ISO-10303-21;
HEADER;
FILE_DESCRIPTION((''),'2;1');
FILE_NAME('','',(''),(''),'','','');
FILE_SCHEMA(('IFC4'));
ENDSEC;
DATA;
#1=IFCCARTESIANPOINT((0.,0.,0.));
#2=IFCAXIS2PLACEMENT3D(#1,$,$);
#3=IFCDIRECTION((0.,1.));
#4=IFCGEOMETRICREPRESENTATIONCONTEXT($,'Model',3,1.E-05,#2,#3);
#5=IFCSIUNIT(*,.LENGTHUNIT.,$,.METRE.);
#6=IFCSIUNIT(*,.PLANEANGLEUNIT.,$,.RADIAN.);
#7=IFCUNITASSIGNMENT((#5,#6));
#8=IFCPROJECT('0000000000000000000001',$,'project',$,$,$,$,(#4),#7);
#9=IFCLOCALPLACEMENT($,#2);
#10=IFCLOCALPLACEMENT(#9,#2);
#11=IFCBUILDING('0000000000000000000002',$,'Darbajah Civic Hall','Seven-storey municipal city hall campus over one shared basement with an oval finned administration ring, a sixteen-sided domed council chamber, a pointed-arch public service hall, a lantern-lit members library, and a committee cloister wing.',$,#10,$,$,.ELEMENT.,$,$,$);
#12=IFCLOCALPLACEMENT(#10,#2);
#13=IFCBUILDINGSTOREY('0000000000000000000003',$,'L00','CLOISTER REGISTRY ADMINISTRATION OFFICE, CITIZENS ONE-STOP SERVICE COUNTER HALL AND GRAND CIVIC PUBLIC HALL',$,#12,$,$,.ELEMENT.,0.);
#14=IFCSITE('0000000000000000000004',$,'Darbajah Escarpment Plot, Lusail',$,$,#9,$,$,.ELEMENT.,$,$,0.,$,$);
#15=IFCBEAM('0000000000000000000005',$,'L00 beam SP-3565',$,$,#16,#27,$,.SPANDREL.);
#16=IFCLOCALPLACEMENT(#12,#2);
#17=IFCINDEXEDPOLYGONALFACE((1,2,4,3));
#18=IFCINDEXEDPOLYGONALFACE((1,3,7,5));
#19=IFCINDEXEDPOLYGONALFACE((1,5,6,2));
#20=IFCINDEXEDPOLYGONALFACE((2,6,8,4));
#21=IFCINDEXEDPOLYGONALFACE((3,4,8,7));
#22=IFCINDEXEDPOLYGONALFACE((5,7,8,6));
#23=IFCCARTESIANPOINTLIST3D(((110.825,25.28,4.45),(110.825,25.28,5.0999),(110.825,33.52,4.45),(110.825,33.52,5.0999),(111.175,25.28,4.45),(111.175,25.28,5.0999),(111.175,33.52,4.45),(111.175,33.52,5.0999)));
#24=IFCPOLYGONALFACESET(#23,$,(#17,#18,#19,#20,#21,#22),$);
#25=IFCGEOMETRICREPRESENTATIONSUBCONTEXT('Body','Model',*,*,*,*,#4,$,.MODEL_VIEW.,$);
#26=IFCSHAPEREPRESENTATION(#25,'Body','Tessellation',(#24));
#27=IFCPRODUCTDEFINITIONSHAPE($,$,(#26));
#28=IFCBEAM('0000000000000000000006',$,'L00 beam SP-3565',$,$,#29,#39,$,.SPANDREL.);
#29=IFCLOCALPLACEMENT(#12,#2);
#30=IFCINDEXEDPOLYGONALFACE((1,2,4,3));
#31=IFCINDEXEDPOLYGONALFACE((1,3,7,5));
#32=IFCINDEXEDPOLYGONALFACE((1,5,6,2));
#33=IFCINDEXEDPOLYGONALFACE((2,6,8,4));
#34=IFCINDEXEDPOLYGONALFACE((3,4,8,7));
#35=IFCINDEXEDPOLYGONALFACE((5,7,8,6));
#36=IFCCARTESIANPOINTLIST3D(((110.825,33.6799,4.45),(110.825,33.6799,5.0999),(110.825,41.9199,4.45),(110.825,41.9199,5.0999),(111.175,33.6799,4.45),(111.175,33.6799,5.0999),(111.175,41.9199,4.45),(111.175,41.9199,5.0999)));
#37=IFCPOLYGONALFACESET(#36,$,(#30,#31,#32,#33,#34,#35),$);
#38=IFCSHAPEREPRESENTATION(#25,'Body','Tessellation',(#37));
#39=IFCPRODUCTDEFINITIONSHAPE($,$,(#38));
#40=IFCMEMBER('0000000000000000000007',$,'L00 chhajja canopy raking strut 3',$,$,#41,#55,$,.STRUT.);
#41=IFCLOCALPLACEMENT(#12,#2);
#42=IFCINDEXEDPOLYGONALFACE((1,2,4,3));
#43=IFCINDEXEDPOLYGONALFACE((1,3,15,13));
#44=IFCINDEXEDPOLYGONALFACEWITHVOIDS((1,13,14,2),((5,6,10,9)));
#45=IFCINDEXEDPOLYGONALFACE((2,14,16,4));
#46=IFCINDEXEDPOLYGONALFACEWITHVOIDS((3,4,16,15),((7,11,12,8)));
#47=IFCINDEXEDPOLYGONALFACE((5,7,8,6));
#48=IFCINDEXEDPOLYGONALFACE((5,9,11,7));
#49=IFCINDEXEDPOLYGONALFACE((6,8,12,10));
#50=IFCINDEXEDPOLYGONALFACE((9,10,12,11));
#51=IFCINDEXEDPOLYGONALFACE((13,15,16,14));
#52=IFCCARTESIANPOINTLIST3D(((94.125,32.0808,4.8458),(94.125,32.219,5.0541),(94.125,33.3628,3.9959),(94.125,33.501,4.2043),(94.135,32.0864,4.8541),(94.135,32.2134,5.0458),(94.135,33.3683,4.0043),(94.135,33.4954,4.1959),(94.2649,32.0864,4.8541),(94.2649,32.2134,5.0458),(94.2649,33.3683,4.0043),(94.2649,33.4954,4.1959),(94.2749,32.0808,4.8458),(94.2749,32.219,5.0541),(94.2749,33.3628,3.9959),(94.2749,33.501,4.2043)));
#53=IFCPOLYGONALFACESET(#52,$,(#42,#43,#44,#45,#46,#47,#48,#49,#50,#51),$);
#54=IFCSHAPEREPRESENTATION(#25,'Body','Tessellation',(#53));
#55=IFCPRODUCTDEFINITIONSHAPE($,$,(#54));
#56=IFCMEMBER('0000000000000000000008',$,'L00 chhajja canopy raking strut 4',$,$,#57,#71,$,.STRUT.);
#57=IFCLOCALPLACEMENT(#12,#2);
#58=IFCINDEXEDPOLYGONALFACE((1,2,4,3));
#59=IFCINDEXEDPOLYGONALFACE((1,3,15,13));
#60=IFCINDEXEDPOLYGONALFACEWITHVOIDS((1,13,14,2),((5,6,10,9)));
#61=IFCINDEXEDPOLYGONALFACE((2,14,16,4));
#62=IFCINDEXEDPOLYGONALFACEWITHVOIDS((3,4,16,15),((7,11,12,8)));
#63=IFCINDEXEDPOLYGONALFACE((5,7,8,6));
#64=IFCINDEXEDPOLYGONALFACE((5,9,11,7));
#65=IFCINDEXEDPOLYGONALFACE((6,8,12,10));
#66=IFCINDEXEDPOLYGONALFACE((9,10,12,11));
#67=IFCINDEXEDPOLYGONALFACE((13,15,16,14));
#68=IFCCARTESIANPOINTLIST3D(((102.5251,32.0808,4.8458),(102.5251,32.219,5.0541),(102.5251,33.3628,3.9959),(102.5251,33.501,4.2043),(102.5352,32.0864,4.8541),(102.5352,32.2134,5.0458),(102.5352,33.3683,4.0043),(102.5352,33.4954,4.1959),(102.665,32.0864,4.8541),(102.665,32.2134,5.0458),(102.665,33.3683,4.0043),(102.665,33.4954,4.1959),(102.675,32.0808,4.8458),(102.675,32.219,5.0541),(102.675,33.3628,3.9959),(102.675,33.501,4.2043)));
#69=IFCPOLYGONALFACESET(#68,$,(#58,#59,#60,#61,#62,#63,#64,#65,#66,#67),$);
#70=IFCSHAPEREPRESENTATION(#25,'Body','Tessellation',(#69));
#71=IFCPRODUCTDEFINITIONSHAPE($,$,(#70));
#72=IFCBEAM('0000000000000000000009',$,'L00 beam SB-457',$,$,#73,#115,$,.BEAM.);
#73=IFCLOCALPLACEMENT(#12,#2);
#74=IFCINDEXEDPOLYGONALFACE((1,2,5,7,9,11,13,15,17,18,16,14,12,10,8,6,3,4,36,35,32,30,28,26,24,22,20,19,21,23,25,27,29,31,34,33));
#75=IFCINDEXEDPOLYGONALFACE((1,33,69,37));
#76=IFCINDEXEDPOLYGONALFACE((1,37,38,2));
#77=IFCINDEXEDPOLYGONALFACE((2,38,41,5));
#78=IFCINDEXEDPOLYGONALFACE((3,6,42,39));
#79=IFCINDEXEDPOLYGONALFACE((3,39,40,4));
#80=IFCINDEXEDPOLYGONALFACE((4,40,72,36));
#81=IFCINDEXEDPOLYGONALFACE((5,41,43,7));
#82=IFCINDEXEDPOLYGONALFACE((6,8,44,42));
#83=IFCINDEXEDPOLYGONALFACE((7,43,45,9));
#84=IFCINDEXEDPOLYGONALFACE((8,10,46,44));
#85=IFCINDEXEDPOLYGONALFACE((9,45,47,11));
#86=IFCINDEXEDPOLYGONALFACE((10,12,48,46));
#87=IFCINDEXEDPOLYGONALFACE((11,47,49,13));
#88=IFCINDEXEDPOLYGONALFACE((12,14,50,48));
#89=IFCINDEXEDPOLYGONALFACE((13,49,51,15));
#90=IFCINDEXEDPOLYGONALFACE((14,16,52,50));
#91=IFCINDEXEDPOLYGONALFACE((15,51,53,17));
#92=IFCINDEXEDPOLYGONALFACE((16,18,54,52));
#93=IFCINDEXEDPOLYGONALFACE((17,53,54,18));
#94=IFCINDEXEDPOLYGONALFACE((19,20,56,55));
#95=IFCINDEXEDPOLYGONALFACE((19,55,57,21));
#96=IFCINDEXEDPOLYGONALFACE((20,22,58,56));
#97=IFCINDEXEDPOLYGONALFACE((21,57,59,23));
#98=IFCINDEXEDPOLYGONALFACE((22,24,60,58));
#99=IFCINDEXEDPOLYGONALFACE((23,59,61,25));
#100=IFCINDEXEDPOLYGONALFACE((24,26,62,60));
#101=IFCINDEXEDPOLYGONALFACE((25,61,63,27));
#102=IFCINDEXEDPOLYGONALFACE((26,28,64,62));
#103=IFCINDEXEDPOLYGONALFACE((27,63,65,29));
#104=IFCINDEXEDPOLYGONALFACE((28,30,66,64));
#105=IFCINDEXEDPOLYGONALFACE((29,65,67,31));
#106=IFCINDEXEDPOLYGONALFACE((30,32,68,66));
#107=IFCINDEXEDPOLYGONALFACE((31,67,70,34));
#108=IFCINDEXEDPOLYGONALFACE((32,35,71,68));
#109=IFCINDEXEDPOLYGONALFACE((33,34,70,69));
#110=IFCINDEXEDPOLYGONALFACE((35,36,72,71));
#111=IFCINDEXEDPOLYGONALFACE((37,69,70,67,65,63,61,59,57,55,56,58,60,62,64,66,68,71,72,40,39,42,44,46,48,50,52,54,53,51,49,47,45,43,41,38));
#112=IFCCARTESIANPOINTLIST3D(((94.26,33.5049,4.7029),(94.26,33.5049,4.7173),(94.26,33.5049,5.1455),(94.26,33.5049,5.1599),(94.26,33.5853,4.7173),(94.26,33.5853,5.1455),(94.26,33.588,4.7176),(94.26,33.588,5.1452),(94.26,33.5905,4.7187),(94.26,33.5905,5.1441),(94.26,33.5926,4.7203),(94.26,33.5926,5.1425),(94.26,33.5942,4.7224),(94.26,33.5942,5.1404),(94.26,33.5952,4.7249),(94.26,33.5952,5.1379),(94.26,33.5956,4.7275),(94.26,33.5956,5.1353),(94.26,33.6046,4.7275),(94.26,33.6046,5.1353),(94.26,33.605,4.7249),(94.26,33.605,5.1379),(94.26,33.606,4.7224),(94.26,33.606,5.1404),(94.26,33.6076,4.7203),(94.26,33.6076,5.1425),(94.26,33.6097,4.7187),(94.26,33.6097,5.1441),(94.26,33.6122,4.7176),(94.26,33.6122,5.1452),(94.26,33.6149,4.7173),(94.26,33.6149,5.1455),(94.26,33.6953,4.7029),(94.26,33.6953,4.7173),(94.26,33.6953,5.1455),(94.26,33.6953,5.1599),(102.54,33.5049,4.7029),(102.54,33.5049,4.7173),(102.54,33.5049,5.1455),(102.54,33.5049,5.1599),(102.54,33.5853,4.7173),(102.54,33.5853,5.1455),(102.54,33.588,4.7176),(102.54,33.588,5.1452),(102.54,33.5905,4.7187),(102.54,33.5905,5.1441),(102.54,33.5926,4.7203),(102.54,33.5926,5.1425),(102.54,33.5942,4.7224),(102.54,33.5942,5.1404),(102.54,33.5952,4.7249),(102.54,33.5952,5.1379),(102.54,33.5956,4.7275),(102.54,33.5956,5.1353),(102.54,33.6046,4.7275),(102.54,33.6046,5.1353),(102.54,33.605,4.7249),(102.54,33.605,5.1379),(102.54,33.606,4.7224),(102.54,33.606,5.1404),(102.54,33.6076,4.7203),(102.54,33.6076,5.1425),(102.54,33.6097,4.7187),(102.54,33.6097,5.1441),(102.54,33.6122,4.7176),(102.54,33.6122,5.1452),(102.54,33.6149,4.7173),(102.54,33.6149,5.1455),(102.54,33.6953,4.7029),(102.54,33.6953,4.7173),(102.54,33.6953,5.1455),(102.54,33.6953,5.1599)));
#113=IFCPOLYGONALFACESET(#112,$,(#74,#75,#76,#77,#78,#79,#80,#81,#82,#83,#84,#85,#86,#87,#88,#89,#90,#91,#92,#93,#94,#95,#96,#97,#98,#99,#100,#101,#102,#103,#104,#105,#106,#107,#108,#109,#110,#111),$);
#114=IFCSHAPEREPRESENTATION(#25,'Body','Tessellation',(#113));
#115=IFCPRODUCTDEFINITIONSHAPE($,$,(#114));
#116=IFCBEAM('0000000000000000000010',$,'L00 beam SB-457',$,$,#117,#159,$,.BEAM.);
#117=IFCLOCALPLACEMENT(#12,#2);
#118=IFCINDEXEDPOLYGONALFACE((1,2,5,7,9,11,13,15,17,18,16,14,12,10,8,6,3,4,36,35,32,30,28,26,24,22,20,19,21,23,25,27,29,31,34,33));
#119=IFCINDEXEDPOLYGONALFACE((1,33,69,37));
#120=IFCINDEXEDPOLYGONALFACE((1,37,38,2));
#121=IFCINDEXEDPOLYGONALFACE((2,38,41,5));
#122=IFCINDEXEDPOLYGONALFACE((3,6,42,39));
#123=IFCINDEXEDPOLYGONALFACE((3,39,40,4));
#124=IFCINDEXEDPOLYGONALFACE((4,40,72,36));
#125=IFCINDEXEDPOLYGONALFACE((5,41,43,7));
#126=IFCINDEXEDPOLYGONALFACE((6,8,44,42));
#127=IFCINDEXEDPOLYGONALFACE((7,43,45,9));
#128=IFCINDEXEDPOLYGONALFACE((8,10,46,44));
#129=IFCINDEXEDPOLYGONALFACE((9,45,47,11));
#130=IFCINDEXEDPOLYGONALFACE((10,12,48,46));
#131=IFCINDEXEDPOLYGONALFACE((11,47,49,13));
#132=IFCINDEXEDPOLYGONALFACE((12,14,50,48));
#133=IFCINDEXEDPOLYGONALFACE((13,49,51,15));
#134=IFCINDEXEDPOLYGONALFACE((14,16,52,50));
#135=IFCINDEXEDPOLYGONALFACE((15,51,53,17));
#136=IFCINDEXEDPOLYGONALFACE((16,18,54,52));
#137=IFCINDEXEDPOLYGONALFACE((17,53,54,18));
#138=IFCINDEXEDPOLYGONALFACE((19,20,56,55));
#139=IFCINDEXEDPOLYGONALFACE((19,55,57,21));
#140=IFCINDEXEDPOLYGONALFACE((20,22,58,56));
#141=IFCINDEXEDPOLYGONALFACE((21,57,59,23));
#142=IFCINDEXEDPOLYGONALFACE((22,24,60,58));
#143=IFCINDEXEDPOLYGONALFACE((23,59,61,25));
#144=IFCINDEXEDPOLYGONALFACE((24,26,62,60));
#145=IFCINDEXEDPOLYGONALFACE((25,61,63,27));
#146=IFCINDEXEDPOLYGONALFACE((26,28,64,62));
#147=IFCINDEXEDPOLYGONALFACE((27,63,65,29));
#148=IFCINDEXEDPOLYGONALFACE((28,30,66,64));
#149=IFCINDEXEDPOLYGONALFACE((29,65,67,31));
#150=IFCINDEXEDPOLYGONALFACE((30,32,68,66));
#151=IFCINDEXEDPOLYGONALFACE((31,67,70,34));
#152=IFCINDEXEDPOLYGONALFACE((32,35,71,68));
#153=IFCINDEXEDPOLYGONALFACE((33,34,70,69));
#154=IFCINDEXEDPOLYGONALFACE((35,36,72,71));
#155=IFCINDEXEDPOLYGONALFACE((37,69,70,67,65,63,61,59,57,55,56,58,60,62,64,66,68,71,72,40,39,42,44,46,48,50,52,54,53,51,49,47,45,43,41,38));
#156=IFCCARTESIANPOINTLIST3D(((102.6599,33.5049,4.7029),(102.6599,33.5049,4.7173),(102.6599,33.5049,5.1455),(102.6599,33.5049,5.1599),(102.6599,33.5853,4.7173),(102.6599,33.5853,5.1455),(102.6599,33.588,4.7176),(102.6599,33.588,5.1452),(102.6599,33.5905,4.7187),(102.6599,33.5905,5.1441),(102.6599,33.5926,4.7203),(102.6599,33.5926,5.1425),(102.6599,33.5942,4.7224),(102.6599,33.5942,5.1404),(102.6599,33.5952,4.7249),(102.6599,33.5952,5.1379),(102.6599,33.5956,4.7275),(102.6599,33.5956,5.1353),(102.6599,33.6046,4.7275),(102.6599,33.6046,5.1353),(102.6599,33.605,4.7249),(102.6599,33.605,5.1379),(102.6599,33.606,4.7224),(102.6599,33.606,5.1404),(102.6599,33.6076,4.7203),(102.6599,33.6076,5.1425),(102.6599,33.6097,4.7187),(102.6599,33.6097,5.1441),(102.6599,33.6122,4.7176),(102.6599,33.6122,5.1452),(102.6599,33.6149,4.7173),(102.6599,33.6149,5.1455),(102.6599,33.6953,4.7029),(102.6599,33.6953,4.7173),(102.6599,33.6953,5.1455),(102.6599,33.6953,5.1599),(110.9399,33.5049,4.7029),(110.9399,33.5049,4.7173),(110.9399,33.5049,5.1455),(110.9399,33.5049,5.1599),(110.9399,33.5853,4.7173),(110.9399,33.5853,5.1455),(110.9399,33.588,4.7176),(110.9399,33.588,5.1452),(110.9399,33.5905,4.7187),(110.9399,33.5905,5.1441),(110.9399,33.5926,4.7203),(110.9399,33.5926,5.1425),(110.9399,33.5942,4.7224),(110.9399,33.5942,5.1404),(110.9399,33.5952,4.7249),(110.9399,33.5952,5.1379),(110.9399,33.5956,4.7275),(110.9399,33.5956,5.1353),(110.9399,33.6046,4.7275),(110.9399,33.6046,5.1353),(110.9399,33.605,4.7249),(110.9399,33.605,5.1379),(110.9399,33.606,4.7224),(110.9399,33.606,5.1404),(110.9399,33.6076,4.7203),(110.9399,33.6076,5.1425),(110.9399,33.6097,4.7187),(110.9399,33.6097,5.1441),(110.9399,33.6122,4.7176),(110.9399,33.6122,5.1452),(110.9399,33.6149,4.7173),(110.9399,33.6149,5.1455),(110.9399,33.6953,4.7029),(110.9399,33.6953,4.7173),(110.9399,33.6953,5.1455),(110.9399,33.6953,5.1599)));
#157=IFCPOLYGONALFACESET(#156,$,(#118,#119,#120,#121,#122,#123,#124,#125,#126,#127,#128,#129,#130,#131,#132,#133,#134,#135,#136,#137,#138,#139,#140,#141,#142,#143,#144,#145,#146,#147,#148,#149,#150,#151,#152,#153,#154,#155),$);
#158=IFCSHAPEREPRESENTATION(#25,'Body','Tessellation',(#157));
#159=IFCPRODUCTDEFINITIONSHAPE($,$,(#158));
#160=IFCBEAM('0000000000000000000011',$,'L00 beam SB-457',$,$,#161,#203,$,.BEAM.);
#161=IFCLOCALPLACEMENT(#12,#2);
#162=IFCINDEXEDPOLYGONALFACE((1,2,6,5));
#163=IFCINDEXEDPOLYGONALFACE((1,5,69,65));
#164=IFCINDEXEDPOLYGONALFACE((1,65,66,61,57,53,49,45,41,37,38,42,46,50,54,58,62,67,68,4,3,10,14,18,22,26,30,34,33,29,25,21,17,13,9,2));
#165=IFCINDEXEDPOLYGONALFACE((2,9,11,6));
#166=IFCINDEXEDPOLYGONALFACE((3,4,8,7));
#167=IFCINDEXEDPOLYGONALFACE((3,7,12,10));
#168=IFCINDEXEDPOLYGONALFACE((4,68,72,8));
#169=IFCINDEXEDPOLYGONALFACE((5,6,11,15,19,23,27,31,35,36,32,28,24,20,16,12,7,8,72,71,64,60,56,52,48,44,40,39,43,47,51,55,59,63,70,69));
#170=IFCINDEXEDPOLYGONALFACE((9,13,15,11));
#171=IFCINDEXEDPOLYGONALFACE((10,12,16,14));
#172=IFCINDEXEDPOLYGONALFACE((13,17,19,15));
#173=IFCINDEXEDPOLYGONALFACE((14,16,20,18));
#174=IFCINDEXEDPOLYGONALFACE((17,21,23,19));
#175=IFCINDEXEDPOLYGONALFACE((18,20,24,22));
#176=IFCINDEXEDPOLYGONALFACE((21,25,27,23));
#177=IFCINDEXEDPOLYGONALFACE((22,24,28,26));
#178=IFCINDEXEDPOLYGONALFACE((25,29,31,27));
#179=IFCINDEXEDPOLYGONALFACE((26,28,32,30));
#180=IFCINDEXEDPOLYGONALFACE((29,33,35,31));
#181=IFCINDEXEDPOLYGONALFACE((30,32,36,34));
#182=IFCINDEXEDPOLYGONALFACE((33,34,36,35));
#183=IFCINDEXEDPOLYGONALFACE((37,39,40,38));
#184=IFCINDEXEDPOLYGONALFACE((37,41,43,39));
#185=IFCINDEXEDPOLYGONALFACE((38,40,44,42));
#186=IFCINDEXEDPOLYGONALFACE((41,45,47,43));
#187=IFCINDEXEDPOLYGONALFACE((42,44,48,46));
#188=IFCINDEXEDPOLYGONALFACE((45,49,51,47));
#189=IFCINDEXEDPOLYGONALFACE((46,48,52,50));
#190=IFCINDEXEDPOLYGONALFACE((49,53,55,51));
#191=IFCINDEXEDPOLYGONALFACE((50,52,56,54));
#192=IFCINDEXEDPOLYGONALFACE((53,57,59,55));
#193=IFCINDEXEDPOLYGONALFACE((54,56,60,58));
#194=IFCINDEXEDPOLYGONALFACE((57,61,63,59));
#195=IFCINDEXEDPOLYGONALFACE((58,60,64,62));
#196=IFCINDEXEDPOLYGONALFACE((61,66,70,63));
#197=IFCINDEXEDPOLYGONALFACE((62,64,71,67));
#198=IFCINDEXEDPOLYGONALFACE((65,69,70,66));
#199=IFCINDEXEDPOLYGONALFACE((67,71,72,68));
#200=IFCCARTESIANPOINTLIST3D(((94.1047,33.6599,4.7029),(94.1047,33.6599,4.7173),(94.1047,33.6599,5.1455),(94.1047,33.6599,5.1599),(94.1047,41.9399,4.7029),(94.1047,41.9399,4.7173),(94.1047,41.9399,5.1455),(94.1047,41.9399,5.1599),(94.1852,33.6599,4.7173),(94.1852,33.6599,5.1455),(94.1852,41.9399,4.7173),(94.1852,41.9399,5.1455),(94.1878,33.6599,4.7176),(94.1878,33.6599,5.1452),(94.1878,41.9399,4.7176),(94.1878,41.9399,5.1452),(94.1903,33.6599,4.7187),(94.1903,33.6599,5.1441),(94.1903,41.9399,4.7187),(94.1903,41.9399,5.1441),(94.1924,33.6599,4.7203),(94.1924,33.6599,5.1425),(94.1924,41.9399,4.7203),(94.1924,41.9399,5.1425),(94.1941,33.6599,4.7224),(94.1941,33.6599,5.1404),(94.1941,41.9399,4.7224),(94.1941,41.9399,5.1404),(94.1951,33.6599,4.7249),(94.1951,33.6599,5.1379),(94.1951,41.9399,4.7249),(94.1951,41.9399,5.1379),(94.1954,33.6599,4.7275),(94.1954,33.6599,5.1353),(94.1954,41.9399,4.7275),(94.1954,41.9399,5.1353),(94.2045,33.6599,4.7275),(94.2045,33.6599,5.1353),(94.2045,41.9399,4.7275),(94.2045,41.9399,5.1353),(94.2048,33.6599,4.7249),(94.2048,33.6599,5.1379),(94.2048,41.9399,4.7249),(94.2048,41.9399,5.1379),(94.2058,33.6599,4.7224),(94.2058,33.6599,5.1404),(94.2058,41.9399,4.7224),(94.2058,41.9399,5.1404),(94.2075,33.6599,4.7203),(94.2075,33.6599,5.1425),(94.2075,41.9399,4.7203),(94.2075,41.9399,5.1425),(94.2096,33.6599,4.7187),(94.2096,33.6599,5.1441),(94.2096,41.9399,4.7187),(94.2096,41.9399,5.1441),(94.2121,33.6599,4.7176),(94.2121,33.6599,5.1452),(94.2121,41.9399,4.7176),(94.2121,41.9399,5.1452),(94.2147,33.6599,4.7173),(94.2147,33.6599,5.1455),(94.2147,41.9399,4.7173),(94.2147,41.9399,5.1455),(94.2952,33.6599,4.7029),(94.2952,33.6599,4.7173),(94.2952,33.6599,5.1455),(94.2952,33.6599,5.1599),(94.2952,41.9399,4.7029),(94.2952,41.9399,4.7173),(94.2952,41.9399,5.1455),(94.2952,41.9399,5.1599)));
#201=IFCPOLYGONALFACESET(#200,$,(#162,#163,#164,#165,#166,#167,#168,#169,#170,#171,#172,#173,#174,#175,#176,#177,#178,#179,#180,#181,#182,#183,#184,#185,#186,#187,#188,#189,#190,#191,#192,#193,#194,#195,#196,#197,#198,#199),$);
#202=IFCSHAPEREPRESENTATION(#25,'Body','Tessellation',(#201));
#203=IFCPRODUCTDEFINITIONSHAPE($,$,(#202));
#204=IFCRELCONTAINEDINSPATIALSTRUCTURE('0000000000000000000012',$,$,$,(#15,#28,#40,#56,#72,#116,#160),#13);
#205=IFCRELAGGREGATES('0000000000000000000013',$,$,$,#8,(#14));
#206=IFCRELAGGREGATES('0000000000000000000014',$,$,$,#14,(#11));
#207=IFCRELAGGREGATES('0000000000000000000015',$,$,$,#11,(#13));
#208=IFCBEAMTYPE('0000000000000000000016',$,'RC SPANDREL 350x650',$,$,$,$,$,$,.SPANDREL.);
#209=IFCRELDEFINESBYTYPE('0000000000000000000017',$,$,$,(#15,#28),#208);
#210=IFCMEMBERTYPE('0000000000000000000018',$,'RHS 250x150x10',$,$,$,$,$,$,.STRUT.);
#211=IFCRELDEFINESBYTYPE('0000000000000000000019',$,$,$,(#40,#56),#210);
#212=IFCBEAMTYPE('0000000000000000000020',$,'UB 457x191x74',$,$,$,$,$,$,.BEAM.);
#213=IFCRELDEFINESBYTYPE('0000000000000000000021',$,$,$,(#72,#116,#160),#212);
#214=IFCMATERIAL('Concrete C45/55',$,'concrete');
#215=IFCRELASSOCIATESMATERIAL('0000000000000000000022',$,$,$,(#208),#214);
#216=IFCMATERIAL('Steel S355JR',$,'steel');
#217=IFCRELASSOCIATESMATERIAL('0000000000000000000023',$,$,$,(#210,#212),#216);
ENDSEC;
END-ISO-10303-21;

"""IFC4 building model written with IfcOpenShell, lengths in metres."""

from ifc_helpers import new_model, si_unit, direction, frame, origin, origin_2d, place, context, subcontext, project, spatial, rectangle, hollow_rectangle, i_section, extrude, material, material_profile, profile_set, type_object, element, save


model = new_model("IFC4")

# Units and contexts
model_context = context("Model", 3, precision=1e-05, world=origin(), true_north=direction((0.0, 1.0)))
body_context = subcontext(model_context, "Body", "Model", "MODEL_VIEW")
ifc_project = project(units=[si_unit("LENGTHUNIT", "METRE"), si_unit("PLANEANGLEUNIT", "RADIAN")], contexts=[model_context])

# Site, building, storey
site_placement = place(None, origin())
site = spatial("IfcSite", under=ifc_project, at=site_placement, Name="Darbajah Escarpment Plot, Lusail", CompositionType="ELEMENT", RefElevation=0.0)
building_placement = place(site_placement, origin())
building = spatial("IfcBuilding", under=site, at=building_placement, Name="Darbajah Civic Hall", Description="Seven-storey municipal city hall campus over one shared basement with an oval finned administration ring, a sixteen-sided domed council chamber, a pointed-arch public service hall, a lantern-lit members library, and a committee cloister wing.", CompositionType="ELEMENT")
storey_placement = place(building_placement, origin())
storey = spatial("IfcBuildingStorey", under=building, at=storey_placement, Name="L00", Description="CLOISTER REGISTRY ADMINISTRATION OFFICE, CITIZENS ONE-STOP SERVICE COUNTER HALL AND GRAND CIVIC PUBLIC HALL", CompositionType="ELEMENT", Elevation=0.0)

# Shared definitions
ifc_material_1 = material(Name="Steel S355JR", Category="steel")

# Beams
ifc_material_2 = material(Name="Concrete C45/55", Category="concrete")
ifc_material_profile_1 = material_profile(ifc_material_2, rectangle(XDim=0.3501, YDim=0.6499, at=origin_2d()), Name="RC SPANDREL 350x650")
ifc_profile_set_1 = profile_set([ifc_material_profile_1], Name="Concrete C45/55")
beam_type_1 = type_object("IfcBeamType", Name="RC SPANDREL 350x650", PredefinedType="SPANDREL", material=ifc_profile_set_1)
for number, where, z_axis, x_axis, name in (
    (1, (111.0, 25.28, 4.7749), (0.0, 1.0, 0.0), (-1.0, 0.0, 0.0), "L00 beam SP-3565"),
    (2, (111.0, 33.6799, 4.7749), (0.0, 1.0, 0.0), (-1.0, 0.0, 0.0), "L00 beam SP-3565"),
):
    element("IfcBeam", number, at=place(storey_placement, frame(where, z_axis=z_axis, x_axis=x_axis)), inside=storey, type_object=beam_type_1, Name=name, PredefinedType="SPANDREL", context=body_context, shape_type="SweptSolid", body=[
        extrude(rectangle(XDim=0.3501, YDim=0.6499, at=origin_2d()), origin(), (0.0, 0.0, 1.0), 8.24),
    ])

# Members
ifc_material_profile_2 = material_profile(ifc_material_1, hollow_rectangle(XDim=0.1499, YDim=0.25, WallThickness=0.01, at=origin_2d()), Name="RHS 250x150x10")
ifc_profile_set_2 = profile_set([ifc_material_profile_2], Name="Steel S355JR")
member_type_1 = type_object("IfcMemberType", Name="RHS 250x150x10", PredefinedType="STRUT", material=ifc_profile_set_2)
for number, where, z_axis, x_axis, name in (
    (3, (94.2, 33.4319, 4.1001), (0.0, -0.833488, 0.552537), (1.0, 0.0, 0.0), "L00 chhajja canopy raking strut 3"),
    (4, (102.6001, 33.4319, 4.1001), (0.0, -0.833488, 0.552537), (1.0, 0.0, 0.0), "L00 chhajja canopy raking strut 4"),
):
    element("IfcMember", number, at=place(storey_placement, frame(where, z_axis=z_axis, x_axis=x_axis)), inside=storey, type_object=member_type_1, Name=name, PredefinedType="STRUT", context=body_context, shape_type="SweptSolid", body=[
        extrude(hollow_rectangle(XDim=0.1499, YDim=0.25, WallThickness=0.01, at=origin_2d()), origin(), (0.0, 0.0, 1.0), 1.5381),
    ])

# Beams
ifc_material_profile_3 = material_profile(ifc_material_1, i_section(OverallWidth=0.1904, OverallDepth=0.457, WebThickness=0.009, FlangeThickness=0.0144, FilletRadius=0.0103, at=origin_2d()), Name="UB 457x191x74")
ifc_profile_set_3 = profile_set([ifc_material_profile_3], Name="Steel S355JR")
beam_type_2 = type_object("IfcBeamType", Name="UB 457x191x74", PredefinedType="BEAM", material=ifc_profile_set_3)
for number, where, z_axis, x_axis, name in (
    (5, (94.26, 33.6001, 4.9314), (1.0, 0.0, 0.0), (0.0, 1.0, 0.0), "L00 beam SB-457"),
    (6, (102.6599, 33.6001, 4.9314), (1.0, 0.0, 0.0), (0.0, 1.0, 0.0), "L00 beam SB-457"),
    (7, (94.2, 33.6599, 4.9314), (0.0, 1.0, 0.0), (-1.0, 0.0, 0.0), "L00 beam SB-457"),
):
    element("IfcBeam", number, at=place(storey_placement, frame(where, z_axis=z_axis, x_axis=x_axis)), inside=storey, type_object=beam_type_2, Name=name, PredefinedType="BEAM", context=body_context, shape_type="SweptSolid", body=[
        extrude(i_section(OverallWidth=0.1904, OverallDepth=0.457, WebThickness=0.009, FlangeThickness=0.0144, FilletRadius=0.0103, at=origin_2d()), origin(), (0.0, 0.0, 1.0), 8.28),
    ])

save(model, "model.ifc")
